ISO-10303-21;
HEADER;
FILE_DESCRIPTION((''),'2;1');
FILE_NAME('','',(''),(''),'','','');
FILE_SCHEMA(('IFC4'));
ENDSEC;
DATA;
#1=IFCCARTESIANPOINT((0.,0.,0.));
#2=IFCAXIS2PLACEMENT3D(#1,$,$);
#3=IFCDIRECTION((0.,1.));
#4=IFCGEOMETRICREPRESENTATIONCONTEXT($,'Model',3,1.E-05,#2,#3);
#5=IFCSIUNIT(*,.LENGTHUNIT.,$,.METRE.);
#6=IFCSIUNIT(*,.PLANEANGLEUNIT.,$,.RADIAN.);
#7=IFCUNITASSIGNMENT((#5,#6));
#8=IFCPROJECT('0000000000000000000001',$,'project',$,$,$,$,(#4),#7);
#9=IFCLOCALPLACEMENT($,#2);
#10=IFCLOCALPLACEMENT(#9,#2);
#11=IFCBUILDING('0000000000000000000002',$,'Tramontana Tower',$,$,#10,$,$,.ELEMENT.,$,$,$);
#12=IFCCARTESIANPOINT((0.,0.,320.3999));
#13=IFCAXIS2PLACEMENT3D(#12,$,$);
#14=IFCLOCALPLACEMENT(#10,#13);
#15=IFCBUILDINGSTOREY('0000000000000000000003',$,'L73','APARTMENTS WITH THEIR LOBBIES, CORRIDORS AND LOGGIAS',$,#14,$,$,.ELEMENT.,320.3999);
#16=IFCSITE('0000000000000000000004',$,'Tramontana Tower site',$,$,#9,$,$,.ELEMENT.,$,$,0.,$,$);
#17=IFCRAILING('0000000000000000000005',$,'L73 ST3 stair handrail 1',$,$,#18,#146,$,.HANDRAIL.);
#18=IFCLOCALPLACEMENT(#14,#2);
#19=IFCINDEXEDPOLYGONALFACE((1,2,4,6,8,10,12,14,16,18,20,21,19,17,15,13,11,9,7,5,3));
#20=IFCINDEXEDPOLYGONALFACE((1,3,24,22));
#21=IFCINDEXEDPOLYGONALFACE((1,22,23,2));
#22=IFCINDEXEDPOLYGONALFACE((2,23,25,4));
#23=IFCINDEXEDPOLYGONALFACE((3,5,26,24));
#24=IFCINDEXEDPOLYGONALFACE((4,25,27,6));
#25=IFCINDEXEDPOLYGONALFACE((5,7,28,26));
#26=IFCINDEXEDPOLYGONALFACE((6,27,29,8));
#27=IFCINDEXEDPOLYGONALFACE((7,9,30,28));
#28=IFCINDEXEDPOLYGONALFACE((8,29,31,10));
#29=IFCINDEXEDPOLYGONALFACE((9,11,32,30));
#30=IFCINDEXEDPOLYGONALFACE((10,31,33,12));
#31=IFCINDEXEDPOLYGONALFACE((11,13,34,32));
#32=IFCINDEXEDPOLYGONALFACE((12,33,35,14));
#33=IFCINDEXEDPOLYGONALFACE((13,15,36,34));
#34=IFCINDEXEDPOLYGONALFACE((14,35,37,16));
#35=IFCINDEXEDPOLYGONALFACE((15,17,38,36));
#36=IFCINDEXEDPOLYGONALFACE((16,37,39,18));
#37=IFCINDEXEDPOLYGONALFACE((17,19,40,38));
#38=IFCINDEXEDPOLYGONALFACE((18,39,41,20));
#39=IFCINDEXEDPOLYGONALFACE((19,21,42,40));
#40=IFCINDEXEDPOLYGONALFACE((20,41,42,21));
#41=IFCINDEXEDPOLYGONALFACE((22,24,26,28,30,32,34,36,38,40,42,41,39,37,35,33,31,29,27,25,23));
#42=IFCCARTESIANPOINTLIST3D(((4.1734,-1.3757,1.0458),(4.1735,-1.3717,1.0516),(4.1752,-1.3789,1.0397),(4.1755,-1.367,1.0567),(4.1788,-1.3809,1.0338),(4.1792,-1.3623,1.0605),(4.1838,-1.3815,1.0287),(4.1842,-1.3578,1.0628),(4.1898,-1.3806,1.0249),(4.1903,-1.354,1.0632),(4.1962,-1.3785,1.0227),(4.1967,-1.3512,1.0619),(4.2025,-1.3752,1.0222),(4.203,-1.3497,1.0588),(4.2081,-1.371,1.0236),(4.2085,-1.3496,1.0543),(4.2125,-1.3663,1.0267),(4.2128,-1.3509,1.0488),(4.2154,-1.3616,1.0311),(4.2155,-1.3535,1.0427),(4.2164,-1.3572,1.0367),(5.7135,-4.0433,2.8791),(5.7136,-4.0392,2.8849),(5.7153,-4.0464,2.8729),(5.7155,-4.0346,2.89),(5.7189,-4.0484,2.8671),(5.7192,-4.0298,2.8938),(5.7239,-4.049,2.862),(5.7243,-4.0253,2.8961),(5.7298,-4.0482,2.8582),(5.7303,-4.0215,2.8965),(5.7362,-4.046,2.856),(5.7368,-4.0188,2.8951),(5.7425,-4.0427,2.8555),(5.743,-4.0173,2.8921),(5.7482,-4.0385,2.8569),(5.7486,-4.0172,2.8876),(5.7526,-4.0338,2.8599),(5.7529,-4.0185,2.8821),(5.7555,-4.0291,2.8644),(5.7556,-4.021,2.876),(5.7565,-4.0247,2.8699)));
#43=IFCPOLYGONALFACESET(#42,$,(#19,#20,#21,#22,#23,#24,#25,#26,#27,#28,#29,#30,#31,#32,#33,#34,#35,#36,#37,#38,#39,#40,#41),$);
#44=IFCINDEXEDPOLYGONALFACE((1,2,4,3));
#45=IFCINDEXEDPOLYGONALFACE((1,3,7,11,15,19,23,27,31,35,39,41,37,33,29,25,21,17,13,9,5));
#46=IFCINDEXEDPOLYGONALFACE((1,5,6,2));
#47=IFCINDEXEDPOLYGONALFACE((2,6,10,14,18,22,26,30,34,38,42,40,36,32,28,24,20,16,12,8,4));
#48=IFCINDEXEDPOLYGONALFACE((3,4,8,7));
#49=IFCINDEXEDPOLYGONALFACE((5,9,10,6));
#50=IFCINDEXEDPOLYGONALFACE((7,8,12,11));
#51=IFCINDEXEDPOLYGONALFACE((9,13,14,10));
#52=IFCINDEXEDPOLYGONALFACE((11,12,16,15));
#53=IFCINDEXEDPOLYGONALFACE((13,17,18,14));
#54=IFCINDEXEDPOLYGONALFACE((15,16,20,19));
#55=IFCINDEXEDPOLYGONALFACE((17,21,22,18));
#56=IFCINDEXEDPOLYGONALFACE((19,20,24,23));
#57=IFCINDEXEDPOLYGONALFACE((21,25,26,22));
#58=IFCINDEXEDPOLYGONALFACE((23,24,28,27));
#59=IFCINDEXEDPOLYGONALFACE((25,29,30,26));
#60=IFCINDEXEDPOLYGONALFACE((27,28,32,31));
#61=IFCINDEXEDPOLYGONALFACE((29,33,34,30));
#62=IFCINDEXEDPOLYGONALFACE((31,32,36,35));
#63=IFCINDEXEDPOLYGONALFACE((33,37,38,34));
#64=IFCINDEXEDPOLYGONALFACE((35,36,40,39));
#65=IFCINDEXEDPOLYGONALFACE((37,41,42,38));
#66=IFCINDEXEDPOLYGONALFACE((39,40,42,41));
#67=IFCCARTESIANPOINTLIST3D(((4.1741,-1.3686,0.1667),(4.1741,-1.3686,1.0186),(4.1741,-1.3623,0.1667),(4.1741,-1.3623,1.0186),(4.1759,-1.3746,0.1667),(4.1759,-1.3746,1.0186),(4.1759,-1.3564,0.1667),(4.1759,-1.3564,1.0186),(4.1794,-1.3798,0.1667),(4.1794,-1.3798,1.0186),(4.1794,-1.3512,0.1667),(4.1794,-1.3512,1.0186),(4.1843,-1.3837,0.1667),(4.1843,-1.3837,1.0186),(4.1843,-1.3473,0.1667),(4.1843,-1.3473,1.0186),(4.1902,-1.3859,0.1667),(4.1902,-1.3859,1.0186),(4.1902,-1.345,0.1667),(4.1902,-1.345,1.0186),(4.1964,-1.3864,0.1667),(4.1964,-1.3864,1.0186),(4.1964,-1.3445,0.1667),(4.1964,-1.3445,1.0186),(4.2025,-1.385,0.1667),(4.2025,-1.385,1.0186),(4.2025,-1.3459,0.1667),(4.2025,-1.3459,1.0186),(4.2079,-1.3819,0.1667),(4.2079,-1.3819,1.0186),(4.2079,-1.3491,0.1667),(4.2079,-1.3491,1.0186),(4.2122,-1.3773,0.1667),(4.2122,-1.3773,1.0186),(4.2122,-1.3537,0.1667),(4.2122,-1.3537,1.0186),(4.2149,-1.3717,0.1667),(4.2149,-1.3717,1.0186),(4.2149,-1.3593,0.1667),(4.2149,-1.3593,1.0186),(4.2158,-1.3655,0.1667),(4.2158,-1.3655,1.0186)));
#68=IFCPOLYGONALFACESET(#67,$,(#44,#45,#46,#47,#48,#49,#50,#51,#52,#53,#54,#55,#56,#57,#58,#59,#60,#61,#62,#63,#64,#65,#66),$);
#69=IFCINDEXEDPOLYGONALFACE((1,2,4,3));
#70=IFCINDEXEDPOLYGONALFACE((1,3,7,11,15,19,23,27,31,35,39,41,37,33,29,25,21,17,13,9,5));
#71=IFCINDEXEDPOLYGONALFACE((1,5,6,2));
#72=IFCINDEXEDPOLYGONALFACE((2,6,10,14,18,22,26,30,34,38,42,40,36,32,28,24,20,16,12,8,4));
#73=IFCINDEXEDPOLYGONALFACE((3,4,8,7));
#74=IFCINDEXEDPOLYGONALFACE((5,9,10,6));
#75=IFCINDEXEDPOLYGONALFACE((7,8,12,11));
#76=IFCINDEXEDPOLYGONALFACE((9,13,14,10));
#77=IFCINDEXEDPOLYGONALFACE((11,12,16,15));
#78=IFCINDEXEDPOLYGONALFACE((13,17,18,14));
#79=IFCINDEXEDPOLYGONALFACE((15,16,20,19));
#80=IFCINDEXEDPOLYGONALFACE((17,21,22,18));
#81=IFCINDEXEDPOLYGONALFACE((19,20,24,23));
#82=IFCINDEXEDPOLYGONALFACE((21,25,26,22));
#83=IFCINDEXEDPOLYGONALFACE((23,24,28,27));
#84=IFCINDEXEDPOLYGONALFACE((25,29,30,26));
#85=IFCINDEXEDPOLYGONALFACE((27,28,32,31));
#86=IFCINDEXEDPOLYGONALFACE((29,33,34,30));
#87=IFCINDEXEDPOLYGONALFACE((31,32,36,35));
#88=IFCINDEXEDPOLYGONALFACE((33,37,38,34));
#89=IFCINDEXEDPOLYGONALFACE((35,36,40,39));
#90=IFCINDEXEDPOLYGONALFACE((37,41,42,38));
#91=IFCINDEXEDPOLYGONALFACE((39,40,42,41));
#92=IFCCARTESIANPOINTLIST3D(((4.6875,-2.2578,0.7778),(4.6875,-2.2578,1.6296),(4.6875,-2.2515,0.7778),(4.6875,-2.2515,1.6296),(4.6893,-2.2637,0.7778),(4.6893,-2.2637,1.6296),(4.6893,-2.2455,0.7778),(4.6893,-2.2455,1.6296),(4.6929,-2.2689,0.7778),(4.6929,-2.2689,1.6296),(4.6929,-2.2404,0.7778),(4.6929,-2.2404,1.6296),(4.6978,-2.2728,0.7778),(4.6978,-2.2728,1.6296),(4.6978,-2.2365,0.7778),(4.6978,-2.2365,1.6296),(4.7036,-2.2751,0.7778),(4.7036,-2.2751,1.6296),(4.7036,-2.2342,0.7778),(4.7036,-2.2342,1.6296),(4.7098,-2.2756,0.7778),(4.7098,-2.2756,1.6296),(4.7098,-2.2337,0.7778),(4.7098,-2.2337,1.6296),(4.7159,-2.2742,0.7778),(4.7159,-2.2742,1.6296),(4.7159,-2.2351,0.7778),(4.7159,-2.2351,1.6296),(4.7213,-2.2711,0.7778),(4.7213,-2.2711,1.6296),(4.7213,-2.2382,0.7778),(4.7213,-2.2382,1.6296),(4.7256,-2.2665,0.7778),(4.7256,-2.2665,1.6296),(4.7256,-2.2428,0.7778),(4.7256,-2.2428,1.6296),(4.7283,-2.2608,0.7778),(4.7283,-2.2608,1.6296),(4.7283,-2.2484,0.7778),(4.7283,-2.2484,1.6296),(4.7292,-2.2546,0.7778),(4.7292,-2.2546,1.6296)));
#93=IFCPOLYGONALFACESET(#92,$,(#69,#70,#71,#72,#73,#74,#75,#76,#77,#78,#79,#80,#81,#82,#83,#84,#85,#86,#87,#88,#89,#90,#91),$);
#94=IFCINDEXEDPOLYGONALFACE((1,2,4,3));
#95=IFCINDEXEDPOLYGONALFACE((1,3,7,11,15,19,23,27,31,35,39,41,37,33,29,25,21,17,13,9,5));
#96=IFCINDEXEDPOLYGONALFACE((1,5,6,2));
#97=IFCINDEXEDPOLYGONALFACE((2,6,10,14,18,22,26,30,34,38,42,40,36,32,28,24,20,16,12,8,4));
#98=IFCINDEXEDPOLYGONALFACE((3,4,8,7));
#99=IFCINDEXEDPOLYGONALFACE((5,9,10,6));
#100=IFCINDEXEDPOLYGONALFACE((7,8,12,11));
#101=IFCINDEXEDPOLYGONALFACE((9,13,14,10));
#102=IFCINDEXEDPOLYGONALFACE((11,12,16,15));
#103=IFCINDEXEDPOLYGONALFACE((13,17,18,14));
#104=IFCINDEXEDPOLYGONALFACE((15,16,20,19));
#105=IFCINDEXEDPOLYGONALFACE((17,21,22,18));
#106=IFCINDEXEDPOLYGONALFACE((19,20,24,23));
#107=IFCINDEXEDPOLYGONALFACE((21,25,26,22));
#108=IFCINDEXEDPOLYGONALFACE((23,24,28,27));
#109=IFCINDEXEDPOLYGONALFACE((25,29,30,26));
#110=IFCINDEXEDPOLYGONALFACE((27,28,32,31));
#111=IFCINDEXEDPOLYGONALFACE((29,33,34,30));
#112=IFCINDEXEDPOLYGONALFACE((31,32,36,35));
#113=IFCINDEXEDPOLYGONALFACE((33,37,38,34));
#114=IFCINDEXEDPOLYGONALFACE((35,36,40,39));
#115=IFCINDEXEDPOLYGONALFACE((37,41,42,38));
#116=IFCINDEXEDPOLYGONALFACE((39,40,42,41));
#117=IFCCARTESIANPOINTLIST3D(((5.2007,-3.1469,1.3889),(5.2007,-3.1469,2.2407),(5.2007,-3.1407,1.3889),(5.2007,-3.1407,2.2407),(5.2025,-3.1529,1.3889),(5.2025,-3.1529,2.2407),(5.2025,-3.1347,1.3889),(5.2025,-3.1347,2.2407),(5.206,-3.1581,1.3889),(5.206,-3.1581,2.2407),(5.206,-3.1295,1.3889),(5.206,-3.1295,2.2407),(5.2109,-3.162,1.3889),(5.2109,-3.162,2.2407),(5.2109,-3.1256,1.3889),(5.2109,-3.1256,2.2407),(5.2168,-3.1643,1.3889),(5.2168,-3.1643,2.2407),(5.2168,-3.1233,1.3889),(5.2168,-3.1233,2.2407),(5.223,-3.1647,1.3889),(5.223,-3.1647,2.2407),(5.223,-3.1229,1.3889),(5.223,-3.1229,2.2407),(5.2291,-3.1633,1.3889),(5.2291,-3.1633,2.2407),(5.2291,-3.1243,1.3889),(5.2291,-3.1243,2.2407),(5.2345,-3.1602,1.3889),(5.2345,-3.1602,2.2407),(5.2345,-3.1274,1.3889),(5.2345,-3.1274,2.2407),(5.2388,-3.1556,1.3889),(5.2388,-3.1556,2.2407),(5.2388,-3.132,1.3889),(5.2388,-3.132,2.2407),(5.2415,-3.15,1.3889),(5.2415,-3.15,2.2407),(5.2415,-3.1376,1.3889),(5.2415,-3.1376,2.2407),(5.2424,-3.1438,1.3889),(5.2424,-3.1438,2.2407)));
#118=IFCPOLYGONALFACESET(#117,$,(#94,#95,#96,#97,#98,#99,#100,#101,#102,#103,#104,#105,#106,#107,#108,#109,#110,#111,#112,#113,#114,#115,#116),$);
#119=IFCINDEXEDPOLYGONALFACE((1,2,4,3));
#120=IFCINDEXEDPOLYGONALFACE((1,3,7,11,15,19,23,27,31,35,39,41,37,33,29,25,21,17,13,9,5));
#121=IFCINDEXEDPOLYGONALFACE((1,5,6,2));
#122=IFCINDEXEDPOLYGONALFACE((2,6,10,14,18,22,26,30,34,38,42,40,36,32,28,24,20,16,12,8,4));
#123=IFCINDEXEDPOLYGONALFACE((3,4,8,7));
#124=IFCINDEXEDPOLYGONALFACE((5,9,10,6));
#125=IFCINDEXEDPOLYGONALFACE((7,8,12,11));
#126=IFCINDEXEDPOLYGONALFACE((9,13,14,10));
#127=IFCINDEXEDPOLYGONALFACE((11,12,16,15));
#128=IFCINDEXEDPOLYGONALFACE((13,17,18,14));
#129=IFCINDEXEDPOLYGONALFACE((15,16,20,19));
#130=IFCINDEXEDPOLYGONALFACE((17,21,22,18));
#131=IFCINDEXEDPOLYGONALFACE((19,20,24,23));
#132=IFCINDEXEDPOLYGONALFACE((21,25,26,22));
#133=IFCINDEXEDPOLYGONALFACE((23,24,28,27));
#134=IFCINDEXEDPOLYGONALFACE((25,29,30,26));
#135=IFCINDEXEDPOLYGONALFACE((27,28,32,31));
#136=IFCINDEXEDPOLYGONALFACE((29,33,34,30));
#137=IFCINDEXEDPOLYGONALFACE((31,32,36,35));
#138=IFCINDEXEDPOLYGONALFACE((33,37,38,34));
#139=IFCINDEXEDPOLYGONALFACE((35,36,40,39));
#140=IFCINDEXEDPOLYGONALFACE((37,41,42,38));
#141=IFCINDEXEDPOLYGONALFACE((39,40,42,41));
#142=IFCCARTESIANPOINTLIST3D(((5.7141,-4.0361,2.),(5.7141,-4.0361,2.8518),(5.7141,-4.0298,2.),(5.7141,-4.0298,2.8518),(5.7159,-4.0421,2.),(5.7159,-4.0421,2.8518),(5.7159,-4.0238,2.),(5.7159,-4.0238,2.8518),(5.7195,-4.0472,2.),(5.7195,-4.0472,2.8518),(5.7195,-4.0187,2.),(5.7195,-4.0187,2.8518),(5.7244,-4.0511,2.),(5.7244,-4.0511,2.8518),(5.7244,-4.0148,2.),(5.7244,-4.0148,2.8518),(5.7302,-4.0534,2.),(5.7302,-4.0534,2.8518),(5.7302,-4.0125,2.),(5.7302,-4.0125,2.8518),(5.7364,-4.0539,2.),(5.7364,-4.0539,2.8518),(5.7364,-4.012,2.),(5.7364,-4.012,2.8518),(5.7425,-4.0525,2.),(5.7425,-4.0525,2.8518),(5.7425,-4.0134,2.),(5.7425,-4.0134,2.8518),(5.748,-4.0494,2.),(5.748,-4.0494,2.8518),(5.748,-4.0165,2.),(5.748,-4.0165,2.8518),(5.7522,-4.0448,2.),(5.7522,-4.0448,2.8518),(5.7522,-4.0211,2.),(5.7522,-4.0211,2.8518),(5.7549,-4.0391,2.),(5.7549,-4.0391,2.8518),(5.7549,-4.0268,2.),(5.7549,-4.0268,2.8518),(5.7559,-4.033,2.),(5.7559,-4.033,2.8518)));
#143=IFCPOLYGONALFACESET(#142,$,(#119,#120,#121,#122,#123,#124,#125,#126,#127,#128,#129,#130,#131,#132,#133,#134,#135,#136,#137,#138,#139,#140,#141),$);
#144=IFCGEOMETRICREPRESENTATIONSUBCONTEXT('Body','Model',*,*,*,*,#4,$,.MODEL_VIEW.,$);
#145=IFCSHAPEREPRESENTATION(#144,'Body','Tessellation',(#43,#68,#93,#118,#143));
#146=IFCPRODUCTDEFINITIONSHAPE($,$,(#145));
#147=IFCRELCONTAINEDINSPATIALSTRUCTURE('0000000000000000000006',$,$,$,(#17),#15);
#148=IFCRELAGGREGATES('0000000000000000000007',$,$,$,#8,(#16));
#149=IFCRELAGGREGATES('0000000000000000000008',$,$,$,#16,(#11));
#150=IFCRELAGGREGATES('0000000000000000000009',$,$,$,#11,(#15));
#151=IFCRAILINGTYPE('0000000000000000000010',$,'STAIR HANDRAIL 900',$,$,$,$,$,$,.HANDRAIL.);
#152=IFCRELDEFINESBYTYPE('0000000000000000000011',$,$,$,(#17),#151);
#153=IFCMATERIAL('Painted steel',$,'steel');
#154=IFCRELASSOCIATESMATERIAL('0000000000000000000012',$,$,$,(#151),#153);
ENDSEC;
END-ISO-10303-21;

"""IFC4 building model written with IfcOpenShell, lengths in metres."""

from ifc_helpers import new_model, si_unit, direction, frame, origin, origin_2d, place, context, subcontext, project, spatial, circle, extrude, material, type_object, element, save


model = new_model("IFC4")

# Units and contexts
model_context = context("Model", 3, precision=1e-05, world=origin(), true_north=direction((0.0, 1.0)))
body_context = subcontext(model_context, "Body", "Model", "MODEL_VIEW")
ifc_project = project(units=[si_unit("LENGTHUNIT", "METRE"), si_unit("PLANEANGLEUNIT", "RADIAN")], contexts=[model_context])

# Site, building, storey
site_placement = place(None, origin())
site = spatial("IfcSite", under=ifc_project, at=site_placement, Name="Tramontana Tower site", CompositionType="ELEMENT", RefElevation=0.0)
building_placement = place(site_placement, origin())
building = spatial("IfcBuilding", under=site, at=building_placement, Name="Tramontana Tower", CompositionType="ELEMENT")
storey_placement = place(building_placement, frame((0.0, 0.0, 320.3999)))
storey = spatial("IfcBuildingStorey", under=building, at=storey_placement, Name="L73", Description="APARTMENTS WITH THEIR LOBBIES, CORRIDORS AND LOGGIAS", CompositionType="ELEMENT", Elevation=320.3999)

# Railing
ifc_material_1 = material(Name="Painted steel", Category="steel")
railing_type_1 = type_object("IfcRailingType", Name="STAIR HANDRAIL 900", PredefinedType="HANDRAIL", material=ifc_material_1)
railing_1_placement = place(storey_placement, frame((4.1948, -1.3655, 0.1667)))
element("IfcRailing", 1, at=railing_1_placement, inside=storey, type_object=railing_type_1, Name="L73 ST3 stair handrail 1", PredefinedType="HANDRAIL", context=body_context, shape_type="SweptSolid", body=[
    extrude(circle(Radius=0.0239, at=origin_2d()), frame((0.0, 0.0, 0.876), z_axis=(0.429649, -0.74419, 0.511452), x_axis=(0.86603, 0.499992, 0.0)), (0.0, 0.0, 1.0), 3.5845),
    extrude(circle(Radius=0.021, at=origin_2d()), origin(), (0.0, 0.0, 1.0), 0.8518),
    extrude(circle(Radius=0.021, at=origin_2d()), frame((0.5134, -0.8892, 0.6111)), (0.0, 0.0, 1.0), 0.8518),
    extrude(circle(Radius=0.021, at=origin_2d()), frame((1.0266, -1.7783, 1.2222)), (0.0, 0.0, 1.0), 0.8518),
    extrude(circle(Radius=0.021, at=origin_2d()), frame((1.54, -2.6675, 1.8333)), (0.0, 0.0, 1.0), 0.8518),
])

save(model, "model.ifc")
